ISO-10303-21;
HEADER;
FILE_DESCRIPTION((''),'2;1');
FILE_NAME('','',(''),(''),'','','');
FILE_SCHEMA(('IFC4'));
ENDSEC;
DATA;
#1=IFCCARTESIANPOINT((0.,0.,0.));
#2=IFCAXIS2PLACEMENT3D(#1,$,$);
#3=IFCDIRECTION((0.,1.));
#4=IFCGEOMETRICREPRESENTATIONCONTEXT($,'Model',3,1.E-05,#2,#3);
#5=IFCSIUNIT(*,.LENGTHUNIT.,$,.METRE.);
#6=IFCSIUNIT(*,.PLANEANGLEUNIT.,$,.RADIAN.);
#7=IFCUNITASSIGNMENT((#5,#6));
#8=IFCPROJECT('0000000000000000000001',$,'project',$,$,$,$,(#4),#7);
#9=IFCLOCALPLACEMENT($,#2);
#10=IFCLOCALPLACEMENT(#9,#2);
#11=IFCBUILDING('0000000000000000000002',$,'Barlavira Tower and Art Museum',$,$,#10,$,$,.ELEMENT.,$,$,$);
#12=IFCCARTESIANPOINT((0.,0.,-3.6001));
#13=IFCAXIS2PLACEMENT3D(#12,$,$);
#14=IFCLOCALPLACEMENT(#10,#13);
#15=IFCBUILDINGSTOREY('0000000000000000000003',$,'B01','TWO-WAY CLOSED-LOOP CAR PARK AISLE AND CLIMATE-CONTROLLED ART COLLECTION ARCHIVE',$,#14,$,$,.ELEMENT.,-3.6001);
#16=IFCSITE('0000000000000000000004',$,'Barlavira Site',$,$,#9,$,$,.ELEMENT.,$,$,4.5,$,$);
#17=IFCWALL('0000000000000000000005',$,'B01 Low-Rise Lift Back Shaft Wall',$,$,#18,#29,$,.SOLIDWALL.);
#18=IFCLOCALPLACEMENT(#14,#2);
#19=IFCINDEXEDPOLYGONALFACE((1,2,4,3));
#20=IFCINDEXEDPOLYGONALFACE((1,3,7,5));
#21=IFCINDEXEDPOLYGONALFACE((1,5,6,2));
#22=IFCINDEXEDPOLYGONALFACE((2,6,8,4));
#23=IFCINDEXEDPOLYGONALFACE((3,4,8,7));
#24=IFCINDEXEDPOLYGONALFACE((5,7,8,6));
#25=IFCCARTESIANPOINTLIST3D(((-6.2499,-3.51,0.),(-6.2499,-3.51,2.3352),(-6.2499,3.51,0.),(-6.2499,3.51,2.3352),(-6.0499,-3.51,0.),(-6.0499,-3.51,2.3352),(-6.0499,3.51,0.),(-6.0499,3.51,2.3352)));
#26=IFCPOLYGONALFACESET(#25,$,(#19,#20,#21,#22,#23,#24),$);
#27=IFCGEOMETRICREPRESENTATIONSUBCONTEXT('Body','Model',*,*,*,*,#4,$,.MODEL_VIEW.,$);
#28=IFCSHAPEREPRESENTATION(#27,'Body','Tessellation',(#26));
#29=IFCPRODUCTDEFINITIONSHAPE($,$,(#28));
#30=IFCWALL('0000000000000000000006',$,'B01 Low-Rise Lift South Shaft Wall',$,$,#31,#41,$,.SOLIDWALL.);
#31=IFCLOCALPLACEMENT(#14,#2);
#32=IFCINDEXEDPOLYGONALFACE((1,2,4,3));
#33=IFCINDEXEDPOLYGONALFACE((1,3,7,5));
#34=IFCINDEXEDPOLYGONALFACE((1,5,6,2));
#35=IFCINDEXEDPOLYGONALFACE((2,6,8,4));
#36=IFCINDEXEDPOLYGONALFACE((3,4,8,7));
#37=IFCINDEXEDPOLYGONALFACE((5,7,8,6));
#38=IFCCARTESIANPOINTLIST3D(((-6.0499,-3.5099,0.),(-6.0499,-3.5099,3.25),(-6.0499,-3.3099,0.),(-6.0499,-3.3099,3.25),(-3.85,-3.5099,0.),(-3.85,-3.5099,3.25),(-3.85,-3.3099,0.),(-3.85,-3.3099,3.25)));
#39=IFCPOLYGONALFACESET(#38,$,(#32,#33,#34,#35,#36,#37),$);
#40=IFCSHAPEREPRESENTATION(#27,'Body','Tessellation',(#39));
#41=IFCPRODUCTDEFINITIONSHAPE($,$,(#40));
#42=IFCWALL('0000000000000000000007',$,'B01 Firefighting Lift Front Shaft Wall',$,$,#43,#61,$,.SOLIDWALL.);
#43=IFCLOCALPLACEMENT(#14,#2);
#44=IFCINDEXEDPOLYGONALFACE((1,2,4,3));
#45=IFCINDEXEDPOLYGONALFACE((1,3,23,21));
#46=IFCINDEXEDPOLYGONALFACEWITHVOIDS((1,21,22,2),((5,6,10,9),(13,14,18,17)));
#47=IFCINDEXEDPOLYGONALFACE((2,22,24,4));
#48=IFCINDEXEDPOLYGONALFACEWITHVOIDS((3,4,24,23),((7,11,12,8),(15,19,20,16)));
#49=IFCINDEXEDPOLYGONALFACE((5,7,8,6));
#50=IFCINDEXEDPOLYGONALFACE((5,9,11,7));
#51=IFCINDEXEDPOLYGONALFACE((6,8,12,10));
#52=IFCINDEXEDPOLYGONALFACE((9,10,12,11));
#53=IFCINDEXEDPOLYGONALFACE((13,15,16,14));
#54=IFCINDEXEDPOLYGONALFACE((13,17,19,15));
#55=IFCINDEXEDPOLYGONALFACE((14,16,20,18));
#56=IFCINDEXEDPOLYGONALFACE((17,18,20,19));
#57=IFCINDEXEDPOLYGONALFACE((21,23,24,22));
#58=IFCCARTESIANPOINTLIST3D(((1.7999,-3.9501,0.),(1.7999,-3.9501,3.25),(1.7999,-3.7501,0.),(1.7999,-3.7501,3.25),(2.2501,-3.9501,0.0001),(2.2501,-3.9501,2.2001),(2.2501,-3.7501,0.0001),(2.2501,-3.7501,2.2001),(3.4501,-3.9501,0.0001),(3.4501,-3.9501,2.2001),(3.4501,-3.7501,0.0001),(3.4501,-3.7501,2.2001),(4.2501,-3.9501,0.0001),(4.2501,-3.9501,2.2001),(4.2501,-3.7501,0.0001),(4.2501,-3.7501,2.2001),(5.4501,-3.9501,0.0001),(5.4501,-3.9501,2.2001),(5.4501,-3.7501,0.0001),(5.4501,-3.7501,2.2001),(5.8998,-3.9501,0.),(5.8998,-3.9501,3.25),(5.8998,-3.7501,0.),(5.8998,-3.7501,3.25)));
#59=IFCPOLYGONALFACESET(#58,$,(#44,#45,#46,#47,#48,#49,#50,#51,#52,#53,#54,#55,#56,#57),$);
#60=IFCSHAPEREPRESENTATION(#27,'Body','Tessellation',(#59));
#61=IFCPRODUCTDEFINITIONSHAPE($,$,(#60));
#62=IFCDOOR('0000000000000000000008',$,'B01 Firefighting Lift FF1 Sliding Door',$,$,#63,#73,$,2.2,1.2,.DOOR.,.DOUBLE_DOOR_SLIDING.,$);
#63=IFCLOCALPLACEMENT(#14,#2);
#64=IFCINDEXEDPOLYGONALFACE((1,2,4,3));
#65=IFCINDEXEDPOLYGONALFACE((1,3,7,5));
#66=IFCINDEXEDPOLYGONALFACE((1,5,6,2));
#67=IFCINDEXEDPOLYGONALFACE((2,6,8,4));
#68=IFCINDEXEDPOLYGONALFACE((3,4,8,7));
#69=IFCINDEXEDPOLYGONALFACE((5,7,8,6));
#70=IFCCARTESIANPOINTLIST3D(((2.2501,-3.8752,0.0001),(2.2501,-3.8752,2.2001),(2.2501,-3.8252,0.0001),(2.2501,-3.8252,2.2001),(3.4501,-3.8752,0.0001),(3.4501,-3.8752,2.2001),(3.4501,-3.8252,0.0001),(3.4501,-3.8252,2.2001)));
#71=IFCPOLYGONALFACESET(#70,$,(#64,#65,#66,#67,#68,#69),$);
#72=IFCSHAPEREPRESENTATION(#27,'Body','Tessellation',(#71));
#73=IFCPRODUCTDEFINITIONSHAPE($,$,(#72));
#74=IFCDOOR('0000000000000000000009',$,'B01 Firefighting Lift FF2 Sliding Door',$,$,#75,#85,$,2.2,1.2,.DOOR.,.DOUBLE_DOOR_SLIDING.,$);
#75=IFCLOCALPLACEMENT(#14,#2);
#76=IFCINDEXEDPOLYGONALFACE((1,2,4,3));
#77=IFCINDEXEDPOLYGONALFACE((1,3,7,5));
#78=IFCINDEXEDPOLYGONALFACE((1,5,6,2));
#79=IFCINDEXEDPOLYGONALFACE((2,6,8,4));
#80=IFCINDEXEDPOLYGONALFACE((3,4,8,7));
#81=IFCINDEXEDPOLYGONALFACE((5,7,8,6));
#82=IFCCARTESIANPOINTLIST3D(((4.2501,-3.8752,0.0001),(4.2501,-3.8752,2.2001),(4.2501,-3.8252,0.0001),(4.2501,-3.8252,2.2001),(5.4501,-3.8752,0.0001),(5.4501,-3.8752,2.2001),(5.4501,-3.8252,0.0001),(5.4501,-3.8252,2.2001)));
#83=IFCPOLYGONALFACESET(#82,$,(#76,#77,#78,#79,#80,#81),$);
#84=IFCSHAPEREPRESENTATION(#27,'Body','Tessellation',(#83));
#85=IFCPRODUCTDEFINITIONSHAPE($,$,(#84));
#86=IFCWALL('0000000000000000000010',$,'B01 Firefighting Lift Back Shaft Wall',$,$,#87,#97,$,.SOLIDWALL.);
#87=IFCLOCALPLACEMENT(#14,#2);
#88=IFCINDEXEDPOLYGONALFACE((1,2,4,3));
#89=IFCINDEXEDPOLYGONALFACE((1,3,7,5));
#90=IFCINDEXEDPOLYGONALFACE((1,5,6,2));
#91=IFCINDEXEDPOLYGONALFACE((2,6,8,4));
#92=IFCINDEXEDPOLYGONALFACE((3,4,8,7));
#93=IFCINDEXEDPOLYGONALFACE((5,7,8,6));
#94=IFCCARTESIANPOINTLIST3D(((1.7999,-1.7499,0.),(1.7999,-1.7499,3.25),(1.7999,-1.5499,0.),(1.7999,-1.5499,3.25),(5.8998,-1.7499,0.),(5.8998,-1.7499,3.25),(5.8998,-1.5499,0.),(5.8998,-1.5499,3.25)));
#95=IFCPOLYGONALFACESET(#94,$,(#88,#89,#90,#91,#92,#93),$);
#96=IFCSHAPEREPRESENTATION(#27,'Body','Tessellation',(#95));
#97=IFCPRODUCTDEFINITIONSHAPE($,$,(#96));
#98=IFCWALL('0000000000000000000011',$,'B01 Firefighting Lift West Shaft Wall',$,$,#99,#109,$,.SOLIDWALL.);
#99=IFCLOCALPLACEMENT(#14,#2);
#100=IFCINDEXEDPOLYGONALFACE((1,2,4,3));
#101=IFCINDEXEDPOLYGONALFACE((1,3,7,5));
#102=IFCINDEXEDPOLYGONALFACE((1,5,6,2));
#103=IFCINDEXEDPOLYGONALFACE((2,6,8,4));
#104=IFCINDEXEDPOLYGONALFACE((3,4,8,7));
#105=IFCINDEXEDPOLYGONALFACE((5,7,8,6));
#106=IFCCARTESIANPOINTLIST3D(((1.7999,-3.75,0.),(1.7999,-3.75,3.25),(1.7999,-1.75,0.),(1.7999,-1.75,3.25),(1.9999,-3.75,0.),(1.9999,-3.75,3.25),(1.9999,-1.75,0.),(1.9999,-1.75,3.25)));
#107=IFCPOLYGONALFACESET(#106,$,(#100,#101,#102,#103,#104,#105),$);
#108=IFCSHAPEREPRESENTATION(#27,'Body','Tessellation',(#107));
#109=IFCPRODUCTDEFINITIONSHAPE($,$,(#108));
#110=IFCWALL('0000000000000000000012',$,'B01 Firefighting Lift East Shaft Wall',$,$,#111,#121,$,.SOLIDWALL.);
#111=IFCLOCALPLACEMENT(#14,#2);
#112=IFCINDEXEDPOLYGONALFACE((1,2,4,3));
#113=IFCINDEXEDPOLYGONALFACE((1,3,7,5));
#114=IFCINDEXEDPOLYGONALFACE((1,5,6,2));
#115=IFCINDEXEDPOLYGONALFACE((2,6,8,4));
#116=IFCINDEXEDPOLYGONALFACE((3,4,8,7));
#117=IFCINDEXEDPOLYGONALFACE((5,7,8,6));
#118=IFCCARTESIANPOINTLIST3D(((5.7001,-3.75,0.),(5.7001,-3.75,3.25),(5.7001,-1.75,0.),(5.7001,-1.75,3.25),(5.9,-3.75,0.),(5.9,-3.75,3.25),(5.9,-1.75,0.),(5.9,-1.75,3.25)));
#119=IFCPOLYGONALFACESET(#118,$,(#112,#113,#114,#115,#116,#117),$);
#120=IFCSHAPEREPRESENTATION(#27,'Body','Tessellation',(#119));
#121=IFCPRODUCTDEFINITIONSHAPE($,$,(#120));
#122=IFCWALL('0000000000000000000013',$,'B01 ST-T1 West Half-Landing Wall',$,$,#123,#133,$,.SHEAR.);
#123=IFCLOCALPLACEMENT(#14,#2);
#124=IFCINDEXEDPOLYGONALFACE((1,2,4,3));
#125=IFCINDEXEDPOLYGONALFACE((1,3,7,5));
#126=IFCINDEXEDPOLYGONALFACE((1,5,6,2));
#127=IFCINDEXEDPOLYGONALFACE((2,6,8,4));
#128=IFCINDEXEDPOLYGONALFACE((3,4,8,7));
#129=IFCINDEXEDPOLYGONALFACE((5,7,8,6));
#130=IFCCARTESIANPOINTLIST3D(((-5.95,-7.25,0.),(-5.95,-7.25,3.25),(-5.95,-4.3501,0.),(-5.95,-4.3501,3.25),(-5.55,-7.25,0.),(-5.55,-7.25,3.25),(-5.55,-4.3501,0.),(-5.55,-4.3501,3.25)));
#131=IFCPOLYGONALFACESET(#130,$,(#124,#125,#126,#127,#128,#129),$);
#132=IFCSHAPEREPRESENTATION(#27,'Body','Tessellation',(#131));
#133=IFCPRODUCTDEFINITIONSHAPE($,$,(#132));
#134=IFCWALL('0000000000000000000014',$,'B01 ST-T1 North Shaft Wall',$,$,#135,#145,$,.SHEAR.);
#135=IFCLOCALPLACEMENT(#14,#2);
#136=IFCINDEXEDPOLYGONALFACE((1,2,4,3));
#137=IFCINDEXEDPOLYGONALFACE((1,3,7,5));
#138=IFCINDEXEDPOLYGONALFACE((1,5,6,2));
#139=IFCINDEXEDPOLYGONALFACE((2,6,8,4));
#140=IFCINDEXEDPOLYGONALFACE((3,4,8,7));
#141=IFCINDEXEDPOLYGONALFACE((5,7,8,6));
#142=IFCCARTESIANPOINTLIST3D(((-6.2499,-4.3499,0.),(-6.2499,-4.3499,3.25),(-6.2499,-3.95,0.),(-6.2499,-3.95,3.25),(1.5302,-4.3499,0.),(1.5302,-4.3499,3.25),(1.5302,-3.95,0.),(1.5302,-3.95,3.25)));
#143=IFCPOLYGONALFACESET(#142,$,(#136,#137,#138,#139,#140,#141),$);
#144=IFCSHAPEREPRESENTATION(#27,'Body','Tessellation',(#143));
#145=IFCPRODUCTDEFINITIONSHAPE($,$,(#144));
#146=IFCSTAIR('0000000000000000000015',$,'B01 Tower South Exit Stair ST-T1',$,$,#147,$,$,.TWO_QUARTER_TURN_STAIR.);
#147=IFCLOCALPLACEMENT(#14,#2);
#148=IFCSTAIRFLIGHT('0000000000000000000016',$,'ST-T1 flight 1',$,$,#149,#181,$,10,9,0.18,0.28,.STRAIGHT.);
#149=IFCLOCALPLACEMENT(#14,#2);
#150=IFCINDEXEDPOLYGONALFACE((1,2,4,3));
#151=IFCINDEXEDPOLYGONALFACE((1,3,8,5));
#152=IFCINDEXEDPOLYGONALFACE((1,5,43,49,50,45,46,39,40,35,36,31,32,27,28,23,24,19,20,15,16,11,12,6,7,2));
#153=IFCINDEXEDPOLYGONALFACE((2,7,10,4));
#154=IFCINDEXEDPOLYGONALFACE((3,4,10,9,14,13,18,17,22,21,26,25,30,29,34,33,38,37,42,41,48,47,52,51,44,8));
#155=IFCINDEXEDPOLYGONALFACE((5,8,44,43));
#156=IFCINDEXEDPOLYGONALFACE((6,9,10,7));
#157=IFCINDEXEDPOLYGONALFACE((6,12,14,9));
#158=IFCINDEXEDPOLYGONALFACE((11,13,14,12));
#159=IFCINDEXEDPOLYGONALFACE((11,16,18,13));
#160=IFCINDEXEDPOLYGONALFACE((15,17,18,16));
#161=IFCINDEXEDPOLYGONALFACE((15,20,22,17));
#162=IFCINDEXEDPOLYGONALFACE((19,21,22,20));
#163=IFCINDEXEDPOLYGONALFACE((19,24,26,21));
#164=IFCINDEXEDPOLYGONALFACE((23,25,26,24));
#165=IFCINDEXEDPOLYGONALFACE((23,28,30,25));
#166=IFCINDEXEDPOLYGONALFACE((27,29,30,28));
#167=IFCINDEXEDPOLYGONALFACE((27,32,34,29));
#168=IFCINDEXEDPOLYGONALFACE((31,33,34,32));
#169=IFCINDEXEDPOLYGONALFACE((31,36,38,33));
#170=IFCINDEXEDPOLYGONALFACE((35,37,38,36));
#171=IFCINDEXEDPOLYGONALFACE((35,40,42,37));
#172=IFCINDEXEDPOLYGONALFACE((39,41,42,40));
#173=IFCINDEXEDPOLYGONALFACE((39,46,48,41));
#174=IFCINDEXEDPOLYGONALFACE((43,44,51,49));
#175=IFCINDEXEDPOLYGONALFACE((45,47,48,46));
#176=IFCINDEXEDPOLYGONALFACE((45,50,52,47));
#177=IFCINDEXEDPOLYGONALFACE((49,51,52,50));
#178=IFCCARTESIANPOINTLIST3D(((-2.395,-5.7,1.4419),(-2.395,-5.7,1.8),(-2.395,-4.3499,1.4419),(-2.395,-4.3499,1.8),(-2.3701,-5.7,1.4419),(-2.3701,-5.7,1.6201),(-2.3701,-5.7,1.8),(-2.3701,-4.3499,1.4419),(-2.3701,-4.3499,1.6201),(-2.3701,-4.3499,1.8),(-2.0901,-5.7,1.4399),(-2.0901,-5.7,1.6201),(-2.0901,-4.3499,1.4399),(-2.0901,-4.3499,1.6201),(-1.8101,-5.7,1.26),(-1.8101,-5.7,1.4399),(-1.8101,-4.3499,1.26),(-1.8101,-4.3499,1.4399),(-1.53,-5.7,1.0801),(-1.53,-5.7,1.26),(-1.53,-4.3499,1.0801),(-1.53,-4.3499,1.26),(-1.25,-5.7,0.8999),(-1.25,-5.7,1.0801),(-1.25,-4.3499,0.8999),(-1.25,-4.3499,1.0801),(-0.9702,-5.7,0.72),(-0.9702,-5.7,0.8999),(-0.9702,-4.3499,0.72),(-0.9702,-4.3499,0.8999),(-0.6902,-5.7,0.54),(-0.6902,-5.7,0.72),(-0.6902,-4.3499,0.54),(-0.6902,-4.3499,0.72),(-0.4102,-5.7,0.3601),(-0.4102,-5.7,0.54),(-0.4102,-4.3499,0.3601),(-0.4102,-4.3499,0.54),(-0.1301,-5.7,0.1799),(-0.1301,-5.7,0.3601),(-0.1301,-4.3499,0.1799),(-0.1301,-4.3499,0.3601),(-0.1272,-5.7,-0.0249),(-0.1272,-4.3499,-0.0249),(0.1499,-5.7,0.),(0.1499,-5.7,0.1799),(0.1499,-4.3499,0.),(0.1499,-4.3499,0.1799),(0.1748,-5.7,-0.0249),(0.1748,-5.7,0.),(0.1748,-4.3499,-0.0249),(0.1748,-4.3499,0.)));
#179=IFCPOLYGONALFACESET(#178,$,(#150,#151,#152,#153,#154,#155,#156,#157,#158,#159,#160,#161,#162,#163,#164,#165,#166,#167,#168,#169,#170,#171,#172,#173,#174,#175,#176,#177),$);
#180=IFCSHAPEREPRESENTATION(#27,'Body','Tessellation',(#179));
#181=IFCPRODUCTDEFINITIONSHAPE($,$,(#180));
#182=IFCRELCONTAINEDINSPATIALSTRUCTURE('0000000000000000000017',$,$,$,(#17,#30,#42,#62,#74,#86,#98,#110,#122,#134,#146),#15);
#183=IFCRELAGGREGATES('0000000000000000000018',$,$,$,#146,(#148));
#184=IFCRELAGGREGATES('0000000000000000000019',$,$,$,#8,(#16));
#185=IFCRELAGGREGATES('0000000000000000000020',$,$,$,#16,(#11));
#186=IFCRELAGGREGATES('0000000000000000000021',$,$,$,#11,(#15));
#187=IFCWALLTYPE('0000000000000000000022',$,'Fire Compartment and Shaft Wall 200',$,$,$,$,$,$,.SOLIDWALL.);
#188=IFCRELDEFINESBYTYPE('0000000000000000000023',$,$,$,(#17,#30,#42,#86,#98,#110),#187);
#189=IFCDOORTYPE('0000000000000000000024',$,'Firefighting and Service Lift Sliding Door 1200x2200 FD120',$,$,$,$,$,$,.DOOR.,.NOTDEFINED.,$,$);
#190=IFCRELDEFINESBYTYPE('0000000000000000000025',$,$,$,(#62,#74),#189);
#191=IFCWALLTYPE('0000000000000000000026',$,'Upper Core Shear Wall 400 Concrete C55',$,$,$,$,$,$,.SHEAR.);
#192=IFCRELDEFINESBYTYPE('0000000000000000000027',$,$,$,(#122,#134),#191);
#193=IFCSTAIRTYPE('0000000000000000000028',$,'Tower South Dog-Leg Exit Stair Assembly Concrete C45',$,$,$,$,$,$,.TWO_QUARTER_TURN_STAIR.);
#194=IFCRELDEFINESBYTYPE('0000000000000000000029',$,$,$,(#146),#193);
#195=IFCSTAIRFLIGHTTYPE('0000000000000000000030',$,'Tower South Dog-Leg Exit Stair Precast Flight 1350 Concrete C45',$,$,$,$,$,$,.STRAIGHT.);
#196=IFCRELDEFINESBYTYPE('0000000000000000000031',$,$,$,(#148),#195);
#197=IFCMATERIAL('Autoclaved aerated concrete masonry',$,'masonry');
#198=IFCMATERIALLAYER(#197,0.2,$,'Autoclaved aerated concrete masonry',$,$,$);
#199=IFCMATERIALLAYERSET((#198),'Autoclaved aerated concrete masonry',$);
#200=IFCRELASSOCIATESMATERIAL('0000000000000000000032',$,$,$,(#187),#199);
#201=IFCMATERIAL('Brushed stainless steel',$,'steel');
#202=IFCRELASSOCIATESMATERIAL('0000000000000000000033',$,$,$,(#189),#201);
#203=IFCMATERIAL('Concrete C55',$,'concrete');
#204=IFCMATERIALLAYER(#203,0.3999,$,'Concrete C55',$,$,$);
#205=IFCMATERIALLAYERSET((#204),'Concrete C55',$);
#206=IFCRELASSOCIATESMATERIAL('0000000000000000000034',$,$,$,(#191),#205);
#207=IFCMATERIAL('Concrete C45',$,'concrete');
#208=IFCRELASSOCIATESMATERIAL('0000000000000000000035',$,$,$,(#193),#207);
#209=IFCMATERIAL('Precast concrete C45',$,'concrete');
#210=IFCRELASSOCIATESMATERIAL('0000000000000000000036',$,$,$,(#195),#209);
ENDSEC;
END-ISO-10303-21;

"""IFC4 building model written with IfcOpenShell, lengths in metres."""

from ifc_helpers import new_model, si_unit, direction, frame, frame_2d, origin, place, context, subcontext, project, spatial, polyline, rectangle, outline, extrude, material, layer, layer_set, type_object, element, fill, aggregate, save


model = new_model("IFC4")

# Units and contexts
model_context = context("Model", 3, precision=1e-05, world=origin(), true_north=direction((0.0, 1.0)))
body_context = subcontext(model_context, "Body", "Model", "MODEL_VIEW")
ifc_project = project(units=[si_unit("LENGTHUNIT", "METRE"), si_unit("PLANEANGLEUNIT", "RADIAN")], contexts=[model_context])

# Site, building, storey
site_placement = place(None, origin())
site = spatial("IfcSite", under=ifc_project, at=site_placement, Name="Barlavira Site", CompositionType="ELEMENT", RefElevation=4.5)
building_placement = place(site_placement, origin())
building = spatial("IfcBuilding", under=site, at=building_placement, Name="Barlavira Tower and Art Museum", CompositionType="ELEMENT")
storey_placement = place(building_placement, frame((0.0, 0.0, -3.6001)))
storey = spatial("IfcBuildingStorey", under=building, at=storey_placement, Name="B01", Description="TWO-WAY CLOSED-LOOP CAR PARK AISLE AND CLIMATE-CONTROLLED ART COLLECTION ARCHIVE", CompositionType="ELEMENT", Elevation=-3.6001)

# Shared definitions
ifc_material_1 = material(Name="Brushed stainless steel", Category="steel")

# Shared definitions
ifc_material_2 = material(Name="Autoclaved aerated concrete masonry", Category="masonry")
ifc_layer_1 = layer(ifc_material_2, 0.2, Name="Autoclaved aerated concrete masonry")
ifc_layer_set_1 = layer_set([ifc_layer_1], Name="Autoclaved aerated concrete masonry")
wall_type_1 = type_object("IfcWallType", Name="Fire Compartment and Shaft Wall 200", PredefinedType="SOLIDWALL", material=ifc_layer_set_1)

# Walls
wall_1_placement = place(storey_placement, frame((-6.1499, -3.51, 0.0), z_axis=(0.0, 0.0, 1.0), x_axis=(0.0, 1.0, 0.0)))
element("IfcWall", 1, at=wall_1_placement, inside=storey, type_object=wall_type_1, Name="B01 Low-Rise Lift Back Shaft Wall", PredefinedType="SOLIDWALL", context=body_context, shape_type="SweptSolid", body=[
    extrude(rectangle(XDim=7.02, YDim=0.2, at=frame_2d((3.51, 0.0))), origin(), (0.0, 0.0, 1.0), 2.3352),
])
wall_2_placement = place(storey_placement, frame((-6.05, -3.4099, 0.0), z_axis=(0.0, 0.0, 1.0), x_axis=(1.0, 0.0, 0.0)))
element("IfcWall", 2, at=wall_2_placement, inside=storey, type_object=wall_type_1, Name="B01 Low-Rise Lift South Shaft Wall", PredefinedType="SOLIDWALL", context=body_context, shape_type="SweptSolid", body=[
    extrude(rectangle(XDim=2.2, YDim=0.2, at=frame_2d((1.1001, 0.0))), origin(), (0.0, 0.0, 1.0), 3.25),
])

# Wall, openings, doors
wall_3_placement = place(storey_placement, frame((1.8, -3.8501, 0.0), z_axis=(0.0, 0.0, 1.0), x_axis=(1.0, 0.0, 0.0)))
wall_3 = element("IfcWall", 3, at=wall_3_placement, inside=storey, type_object=wall_type_1, Name="B01 Firefighting Lift Front Shaft Wall", PredefinedType="SOLIDWALL", context=body_context, shape_type="SweptSolid", body=[
    extrude(rectangle(XDim=4.0999, YDim=0.2, at=frame_2d((2.0498, 0.0))), origin(), (0.0, 0.0, 1.0), 3.25),
])
opening_1_placement = place(wall_3_placement, frame((0.45, 0.0, 0.0)))
opening_1 = element("IfcOpeningElement", 4, at=opening_1_placement, cuts=wall_3, PredefinedType="OPENING", context=body_context, shape_type="SweptSolid", body=[
    extrude(rectangle(XDim=1.2, YDim=2.2, at=frame_2d((0.6001, 1.1001))), frame((0.0, 0.1099, 0.0), z_axis=(0.0, -1.0, 0.0), x_axis=(1.0, 0.0, 0.0)), (0.0, 0.0, 1.0), 0.22),
])
opening_2_placement = place(wall_3_placement, frame((2.45, 0.0, 0.0)))
opening_2 = element("IfcOpeningElement", 5, at=opening_2_placement, cuts=wall_3, PredefinedType="OPENING", context=body_context, shape_type="SweptSolid", body=[
    extrude(rectangle(XDim=1.2, YDim=2.2, at=frame_2d((0.6001, 1.1001))), frame((0.0, 0.1099, 0.0), z_axis=(0.0, -1.0, 0.0), x_axis=(1.0, 0.0, 0.0)), (0.0, 0.0, 1.0), 0.22),
])
door_type_1 = type_object("IfcDoorType", Name="Firefighting and Service Lift Sliding Door 1200x2200 FD120", OperationType="NOTDEFINED", PredefinedType="DOOR", material=ifc_material_1)
door_1_placement = place(opening_1_placement, origin())
door_1 = element("IfcDoor", 6, at=door_1_placement, inside=storey, type_object=door_type_1, Name="B01 Firefighting Lift FF1 Sliding Door", OperationType="DOUBLE_DOOR_SLIDING", OverallHeight=2.2, OverallWidth=1.2, PredefinedType="DOOR", context=body_context, shape_type="SweptSolid", body=[
    extrude(rectangle(XDim=1.2, YDim=2.2, at=frame_2d((0.6001, 1.1001))), frame((0.0, 0.0249, 0.0), z_axis=(0.0, -1.0, 0.0), x_axis=(1.0, 0.0, 0.0)), (0.0, 0.0, 1.0), 0.05),
])
fill(opening_1, door_1)
door_2_placement = place(opening_2_placement, origin())
door_2 = element("IfcDoor", 7, at=door_2_placement, inside=storey, type_object=door_type_1, Name="B01 Firefighting Lift FF2 Sliding Door", OperationType="DOUBLE_DOOR_SLIDING", OverallHeight=2.2, OverallWidth=1.2, PredefinedType="DOOR", context=body_context, shape_type="SweptSolid", body=[
    extrude(rectangle(XDim=1.2, YDim=2.2, at=frame_2d((0.6001, 1.1001))), frame((0.0, 0.0249, 0.0), z_axis=(0.0, -1.0, 0.0), x_axis=(1.0, 0.0, 0.0)), (0.0, 0.0, 1.0), 0.05),
])
fill(opening_2, door_2)

# Walls
wall_4_placement = place(storey_placement, frame((1.8, -1.6499, 0.0), z_axis=(0.0, 0.0, 1.0), x_axis=(1.0, 0.0, 0.0)))
element("IfcWall", 8, at=wall_4_placement, inside=storey, type_object=wall_type_1, Name="B01 Firefighting Lift Back Shaft Wall", PredefinedType="SOLIDWALL", context=body_context, shape_type="SweptSolid", body=[
    extrude(rectangle(XDim=4.0999, YDim=0.2, at=frame_2d((2.0498, 0.0))), origin(), (0.0, 0.0, 1.0), 3.25),
])
for number, where, z_axis, x_axis, name in (
    (9, (1.8999, -3.75, 0.0), (0.0, 0.0, 1.0), (0.0, 1.0, 0.0), "B01 Firefighting Lift West Shaft Wall"),
    (10, (5.8, -3.75, 0.0), (0.0, 0.0, 1.0), (0.0, 1.0, 0.0), "B01 Firefighting Lift East Shaft Wall"),
):
    element("IfcWall", number, at=place(storey_placement, frame(where, z_axis=z_axis, x_axis=x_axis)), inside=storey, type_object=wall_type_1, Name=name, PredefinedType="SOLIDWALL", context=body_context, shape_type="SweptSolid", body=[
        extrude(rectangle(XDim=2.0, YDim=0.2, at=frame_2d((1.0, 0.0))), origin(), (0.0, 0.0, 1.0), 3.25),
    ])
ifc_material_3 = material(Name="Concrete C55", Category="concrete")
ifc_layer_2 = layer(ifc_material_3, 0.3999, Name="Concrete C55")
ifc_layer_set_2 = layer_set([ifc_layer_2], Name="Concrete C55")
wall_type_2 = type_object("IfcWallType", Name="Upper Core Shear Wall 400 Concrete C55", PredefinedType="SHEAR", material=ifc_layer_set_2)
wall_5_placement = place(storey_placement, frame((-5.75, -7.25, 0.0), z_axis=(0.0, 0.0, 1.0), x_axis=(0.0, 1.0, 0.0)))
element("IfcWall", 11, at=wall_5_placement, inside=storey, type_object=wall_type_2, Name="B01 ST-T1 West Half-Landing Wall", PredefinedType="SHEAR", context=body_context, shape_type="SweptSolid", body=[
    extrude(rectangle(XDim=2.8999, YDim=0.3999, at=frame_2d((1.45, 0.0))), origin(), (0.0, 0.0, 1.0), 3.25),
])
wall_6_placement = place(storey_placement, frame((-6.25, -4.1499, 0.0), z_axis=(0.0, 0.0, 1.0), x_axis=(1.0, 0.0, 0.0)))
element("IfcWall", 12, at=wall_6_placement, inside=storey, type_object=wall_type_2, Name="B01 ST-T1 North Shaft Wall", PredefinedType="SHEAR", context=body_context, shape_type="SweptSolid", body=[
    extrude(rectangle(XDim=7.78, YDim=0.3999, at=frame_2d((3.8901, 0.0))), origin(), (0.0, 0.0, 1.0), 3.25),
])

# Stair, stair flight
ifc_material_4 = material(Name="Concrete C45", Category="concrete")
stair_type = type_object("IfcStairType", Name="Tower South Dog-Leg Exit Stair Assembly Concrete C45", PredefinedType="TWO_QUARTER_TURN_STAIR", material=ifc_material_4)
stair_placement = place(storey_placement, origin())
stair = element("IfcStair", 13, at=stair_placement, inside=storey, type_object=stair_type, Name="B01 Tower South Exit Stair ST-T1", PredefinedType="TWO_QUARTER_TURN_STAIR")
ifc_material_5 = material(Name="Precast concrete C45", Category="concrete")
stair_flight_type = type_object("IfcStairFlightType", Name="Tower South Dog-Leg Exit Stair Precast Flight 1350 Concrete C45", PredefinedType="STRAIGHT", material=ifc_material_5)
stair_flight_1_placement = place(storey_placement, frame((0.1499, -5.0249, 0.0), z_axis=(0.0, 0.0, 1.0), x_axis=(-1.0, 0.0, 0.0)))
stair_flight_1 = element("IfcStairFlight", 14, at=stair_flight_1_placement, type_object=stair_flight_type, Name="ST-T1 flight 1", NumberOfRisers=10, NumberOfTreads=9, PredefinedType="STRAIGHT", RiserHeight=0.18, TreadLength=0.28, context=body_context, shape_type="SweptSolid", body=[
    extrude(outline(polyline([(-0.0249, 0.0), (0.0, 0.0), (0.0, 0.1799), (0.28, 0.1799), (0.28, 0.3601), (0.5601, 0.3601), (0.5601, 0.54), (0.8401, 0.54), (0.8401, 0.72), (1.1201, 0.72), (1.1201, 0.8999), (1.3999, 0.8999), (1.3999, 1.0801), (1.6799, 1.0801), (1.6799, 1.26), (1.96, 1.26), (1.96, 1.4399), (2.24, 1.4399), (2.24, 1.6201), (2.52, 1.6201), (2.52, 1.8), (2.5449, 1.8), (2.5449, 1.4419), (2.52, 1.4419), (0.2771, -0.0249), (-0.0249, -0.0249), (-0.0249, 0.0)])), frame((0.0, 0.675, 0.0), z_axis=(0.0, -1.0, 0.0), x_axis=(1.0, 0.0, 0.0)), (0.0, 0.0, 1.0), 1.3501),
])
aggregate(stair, [stair_flight_1])

save(model, "model.ifc")
